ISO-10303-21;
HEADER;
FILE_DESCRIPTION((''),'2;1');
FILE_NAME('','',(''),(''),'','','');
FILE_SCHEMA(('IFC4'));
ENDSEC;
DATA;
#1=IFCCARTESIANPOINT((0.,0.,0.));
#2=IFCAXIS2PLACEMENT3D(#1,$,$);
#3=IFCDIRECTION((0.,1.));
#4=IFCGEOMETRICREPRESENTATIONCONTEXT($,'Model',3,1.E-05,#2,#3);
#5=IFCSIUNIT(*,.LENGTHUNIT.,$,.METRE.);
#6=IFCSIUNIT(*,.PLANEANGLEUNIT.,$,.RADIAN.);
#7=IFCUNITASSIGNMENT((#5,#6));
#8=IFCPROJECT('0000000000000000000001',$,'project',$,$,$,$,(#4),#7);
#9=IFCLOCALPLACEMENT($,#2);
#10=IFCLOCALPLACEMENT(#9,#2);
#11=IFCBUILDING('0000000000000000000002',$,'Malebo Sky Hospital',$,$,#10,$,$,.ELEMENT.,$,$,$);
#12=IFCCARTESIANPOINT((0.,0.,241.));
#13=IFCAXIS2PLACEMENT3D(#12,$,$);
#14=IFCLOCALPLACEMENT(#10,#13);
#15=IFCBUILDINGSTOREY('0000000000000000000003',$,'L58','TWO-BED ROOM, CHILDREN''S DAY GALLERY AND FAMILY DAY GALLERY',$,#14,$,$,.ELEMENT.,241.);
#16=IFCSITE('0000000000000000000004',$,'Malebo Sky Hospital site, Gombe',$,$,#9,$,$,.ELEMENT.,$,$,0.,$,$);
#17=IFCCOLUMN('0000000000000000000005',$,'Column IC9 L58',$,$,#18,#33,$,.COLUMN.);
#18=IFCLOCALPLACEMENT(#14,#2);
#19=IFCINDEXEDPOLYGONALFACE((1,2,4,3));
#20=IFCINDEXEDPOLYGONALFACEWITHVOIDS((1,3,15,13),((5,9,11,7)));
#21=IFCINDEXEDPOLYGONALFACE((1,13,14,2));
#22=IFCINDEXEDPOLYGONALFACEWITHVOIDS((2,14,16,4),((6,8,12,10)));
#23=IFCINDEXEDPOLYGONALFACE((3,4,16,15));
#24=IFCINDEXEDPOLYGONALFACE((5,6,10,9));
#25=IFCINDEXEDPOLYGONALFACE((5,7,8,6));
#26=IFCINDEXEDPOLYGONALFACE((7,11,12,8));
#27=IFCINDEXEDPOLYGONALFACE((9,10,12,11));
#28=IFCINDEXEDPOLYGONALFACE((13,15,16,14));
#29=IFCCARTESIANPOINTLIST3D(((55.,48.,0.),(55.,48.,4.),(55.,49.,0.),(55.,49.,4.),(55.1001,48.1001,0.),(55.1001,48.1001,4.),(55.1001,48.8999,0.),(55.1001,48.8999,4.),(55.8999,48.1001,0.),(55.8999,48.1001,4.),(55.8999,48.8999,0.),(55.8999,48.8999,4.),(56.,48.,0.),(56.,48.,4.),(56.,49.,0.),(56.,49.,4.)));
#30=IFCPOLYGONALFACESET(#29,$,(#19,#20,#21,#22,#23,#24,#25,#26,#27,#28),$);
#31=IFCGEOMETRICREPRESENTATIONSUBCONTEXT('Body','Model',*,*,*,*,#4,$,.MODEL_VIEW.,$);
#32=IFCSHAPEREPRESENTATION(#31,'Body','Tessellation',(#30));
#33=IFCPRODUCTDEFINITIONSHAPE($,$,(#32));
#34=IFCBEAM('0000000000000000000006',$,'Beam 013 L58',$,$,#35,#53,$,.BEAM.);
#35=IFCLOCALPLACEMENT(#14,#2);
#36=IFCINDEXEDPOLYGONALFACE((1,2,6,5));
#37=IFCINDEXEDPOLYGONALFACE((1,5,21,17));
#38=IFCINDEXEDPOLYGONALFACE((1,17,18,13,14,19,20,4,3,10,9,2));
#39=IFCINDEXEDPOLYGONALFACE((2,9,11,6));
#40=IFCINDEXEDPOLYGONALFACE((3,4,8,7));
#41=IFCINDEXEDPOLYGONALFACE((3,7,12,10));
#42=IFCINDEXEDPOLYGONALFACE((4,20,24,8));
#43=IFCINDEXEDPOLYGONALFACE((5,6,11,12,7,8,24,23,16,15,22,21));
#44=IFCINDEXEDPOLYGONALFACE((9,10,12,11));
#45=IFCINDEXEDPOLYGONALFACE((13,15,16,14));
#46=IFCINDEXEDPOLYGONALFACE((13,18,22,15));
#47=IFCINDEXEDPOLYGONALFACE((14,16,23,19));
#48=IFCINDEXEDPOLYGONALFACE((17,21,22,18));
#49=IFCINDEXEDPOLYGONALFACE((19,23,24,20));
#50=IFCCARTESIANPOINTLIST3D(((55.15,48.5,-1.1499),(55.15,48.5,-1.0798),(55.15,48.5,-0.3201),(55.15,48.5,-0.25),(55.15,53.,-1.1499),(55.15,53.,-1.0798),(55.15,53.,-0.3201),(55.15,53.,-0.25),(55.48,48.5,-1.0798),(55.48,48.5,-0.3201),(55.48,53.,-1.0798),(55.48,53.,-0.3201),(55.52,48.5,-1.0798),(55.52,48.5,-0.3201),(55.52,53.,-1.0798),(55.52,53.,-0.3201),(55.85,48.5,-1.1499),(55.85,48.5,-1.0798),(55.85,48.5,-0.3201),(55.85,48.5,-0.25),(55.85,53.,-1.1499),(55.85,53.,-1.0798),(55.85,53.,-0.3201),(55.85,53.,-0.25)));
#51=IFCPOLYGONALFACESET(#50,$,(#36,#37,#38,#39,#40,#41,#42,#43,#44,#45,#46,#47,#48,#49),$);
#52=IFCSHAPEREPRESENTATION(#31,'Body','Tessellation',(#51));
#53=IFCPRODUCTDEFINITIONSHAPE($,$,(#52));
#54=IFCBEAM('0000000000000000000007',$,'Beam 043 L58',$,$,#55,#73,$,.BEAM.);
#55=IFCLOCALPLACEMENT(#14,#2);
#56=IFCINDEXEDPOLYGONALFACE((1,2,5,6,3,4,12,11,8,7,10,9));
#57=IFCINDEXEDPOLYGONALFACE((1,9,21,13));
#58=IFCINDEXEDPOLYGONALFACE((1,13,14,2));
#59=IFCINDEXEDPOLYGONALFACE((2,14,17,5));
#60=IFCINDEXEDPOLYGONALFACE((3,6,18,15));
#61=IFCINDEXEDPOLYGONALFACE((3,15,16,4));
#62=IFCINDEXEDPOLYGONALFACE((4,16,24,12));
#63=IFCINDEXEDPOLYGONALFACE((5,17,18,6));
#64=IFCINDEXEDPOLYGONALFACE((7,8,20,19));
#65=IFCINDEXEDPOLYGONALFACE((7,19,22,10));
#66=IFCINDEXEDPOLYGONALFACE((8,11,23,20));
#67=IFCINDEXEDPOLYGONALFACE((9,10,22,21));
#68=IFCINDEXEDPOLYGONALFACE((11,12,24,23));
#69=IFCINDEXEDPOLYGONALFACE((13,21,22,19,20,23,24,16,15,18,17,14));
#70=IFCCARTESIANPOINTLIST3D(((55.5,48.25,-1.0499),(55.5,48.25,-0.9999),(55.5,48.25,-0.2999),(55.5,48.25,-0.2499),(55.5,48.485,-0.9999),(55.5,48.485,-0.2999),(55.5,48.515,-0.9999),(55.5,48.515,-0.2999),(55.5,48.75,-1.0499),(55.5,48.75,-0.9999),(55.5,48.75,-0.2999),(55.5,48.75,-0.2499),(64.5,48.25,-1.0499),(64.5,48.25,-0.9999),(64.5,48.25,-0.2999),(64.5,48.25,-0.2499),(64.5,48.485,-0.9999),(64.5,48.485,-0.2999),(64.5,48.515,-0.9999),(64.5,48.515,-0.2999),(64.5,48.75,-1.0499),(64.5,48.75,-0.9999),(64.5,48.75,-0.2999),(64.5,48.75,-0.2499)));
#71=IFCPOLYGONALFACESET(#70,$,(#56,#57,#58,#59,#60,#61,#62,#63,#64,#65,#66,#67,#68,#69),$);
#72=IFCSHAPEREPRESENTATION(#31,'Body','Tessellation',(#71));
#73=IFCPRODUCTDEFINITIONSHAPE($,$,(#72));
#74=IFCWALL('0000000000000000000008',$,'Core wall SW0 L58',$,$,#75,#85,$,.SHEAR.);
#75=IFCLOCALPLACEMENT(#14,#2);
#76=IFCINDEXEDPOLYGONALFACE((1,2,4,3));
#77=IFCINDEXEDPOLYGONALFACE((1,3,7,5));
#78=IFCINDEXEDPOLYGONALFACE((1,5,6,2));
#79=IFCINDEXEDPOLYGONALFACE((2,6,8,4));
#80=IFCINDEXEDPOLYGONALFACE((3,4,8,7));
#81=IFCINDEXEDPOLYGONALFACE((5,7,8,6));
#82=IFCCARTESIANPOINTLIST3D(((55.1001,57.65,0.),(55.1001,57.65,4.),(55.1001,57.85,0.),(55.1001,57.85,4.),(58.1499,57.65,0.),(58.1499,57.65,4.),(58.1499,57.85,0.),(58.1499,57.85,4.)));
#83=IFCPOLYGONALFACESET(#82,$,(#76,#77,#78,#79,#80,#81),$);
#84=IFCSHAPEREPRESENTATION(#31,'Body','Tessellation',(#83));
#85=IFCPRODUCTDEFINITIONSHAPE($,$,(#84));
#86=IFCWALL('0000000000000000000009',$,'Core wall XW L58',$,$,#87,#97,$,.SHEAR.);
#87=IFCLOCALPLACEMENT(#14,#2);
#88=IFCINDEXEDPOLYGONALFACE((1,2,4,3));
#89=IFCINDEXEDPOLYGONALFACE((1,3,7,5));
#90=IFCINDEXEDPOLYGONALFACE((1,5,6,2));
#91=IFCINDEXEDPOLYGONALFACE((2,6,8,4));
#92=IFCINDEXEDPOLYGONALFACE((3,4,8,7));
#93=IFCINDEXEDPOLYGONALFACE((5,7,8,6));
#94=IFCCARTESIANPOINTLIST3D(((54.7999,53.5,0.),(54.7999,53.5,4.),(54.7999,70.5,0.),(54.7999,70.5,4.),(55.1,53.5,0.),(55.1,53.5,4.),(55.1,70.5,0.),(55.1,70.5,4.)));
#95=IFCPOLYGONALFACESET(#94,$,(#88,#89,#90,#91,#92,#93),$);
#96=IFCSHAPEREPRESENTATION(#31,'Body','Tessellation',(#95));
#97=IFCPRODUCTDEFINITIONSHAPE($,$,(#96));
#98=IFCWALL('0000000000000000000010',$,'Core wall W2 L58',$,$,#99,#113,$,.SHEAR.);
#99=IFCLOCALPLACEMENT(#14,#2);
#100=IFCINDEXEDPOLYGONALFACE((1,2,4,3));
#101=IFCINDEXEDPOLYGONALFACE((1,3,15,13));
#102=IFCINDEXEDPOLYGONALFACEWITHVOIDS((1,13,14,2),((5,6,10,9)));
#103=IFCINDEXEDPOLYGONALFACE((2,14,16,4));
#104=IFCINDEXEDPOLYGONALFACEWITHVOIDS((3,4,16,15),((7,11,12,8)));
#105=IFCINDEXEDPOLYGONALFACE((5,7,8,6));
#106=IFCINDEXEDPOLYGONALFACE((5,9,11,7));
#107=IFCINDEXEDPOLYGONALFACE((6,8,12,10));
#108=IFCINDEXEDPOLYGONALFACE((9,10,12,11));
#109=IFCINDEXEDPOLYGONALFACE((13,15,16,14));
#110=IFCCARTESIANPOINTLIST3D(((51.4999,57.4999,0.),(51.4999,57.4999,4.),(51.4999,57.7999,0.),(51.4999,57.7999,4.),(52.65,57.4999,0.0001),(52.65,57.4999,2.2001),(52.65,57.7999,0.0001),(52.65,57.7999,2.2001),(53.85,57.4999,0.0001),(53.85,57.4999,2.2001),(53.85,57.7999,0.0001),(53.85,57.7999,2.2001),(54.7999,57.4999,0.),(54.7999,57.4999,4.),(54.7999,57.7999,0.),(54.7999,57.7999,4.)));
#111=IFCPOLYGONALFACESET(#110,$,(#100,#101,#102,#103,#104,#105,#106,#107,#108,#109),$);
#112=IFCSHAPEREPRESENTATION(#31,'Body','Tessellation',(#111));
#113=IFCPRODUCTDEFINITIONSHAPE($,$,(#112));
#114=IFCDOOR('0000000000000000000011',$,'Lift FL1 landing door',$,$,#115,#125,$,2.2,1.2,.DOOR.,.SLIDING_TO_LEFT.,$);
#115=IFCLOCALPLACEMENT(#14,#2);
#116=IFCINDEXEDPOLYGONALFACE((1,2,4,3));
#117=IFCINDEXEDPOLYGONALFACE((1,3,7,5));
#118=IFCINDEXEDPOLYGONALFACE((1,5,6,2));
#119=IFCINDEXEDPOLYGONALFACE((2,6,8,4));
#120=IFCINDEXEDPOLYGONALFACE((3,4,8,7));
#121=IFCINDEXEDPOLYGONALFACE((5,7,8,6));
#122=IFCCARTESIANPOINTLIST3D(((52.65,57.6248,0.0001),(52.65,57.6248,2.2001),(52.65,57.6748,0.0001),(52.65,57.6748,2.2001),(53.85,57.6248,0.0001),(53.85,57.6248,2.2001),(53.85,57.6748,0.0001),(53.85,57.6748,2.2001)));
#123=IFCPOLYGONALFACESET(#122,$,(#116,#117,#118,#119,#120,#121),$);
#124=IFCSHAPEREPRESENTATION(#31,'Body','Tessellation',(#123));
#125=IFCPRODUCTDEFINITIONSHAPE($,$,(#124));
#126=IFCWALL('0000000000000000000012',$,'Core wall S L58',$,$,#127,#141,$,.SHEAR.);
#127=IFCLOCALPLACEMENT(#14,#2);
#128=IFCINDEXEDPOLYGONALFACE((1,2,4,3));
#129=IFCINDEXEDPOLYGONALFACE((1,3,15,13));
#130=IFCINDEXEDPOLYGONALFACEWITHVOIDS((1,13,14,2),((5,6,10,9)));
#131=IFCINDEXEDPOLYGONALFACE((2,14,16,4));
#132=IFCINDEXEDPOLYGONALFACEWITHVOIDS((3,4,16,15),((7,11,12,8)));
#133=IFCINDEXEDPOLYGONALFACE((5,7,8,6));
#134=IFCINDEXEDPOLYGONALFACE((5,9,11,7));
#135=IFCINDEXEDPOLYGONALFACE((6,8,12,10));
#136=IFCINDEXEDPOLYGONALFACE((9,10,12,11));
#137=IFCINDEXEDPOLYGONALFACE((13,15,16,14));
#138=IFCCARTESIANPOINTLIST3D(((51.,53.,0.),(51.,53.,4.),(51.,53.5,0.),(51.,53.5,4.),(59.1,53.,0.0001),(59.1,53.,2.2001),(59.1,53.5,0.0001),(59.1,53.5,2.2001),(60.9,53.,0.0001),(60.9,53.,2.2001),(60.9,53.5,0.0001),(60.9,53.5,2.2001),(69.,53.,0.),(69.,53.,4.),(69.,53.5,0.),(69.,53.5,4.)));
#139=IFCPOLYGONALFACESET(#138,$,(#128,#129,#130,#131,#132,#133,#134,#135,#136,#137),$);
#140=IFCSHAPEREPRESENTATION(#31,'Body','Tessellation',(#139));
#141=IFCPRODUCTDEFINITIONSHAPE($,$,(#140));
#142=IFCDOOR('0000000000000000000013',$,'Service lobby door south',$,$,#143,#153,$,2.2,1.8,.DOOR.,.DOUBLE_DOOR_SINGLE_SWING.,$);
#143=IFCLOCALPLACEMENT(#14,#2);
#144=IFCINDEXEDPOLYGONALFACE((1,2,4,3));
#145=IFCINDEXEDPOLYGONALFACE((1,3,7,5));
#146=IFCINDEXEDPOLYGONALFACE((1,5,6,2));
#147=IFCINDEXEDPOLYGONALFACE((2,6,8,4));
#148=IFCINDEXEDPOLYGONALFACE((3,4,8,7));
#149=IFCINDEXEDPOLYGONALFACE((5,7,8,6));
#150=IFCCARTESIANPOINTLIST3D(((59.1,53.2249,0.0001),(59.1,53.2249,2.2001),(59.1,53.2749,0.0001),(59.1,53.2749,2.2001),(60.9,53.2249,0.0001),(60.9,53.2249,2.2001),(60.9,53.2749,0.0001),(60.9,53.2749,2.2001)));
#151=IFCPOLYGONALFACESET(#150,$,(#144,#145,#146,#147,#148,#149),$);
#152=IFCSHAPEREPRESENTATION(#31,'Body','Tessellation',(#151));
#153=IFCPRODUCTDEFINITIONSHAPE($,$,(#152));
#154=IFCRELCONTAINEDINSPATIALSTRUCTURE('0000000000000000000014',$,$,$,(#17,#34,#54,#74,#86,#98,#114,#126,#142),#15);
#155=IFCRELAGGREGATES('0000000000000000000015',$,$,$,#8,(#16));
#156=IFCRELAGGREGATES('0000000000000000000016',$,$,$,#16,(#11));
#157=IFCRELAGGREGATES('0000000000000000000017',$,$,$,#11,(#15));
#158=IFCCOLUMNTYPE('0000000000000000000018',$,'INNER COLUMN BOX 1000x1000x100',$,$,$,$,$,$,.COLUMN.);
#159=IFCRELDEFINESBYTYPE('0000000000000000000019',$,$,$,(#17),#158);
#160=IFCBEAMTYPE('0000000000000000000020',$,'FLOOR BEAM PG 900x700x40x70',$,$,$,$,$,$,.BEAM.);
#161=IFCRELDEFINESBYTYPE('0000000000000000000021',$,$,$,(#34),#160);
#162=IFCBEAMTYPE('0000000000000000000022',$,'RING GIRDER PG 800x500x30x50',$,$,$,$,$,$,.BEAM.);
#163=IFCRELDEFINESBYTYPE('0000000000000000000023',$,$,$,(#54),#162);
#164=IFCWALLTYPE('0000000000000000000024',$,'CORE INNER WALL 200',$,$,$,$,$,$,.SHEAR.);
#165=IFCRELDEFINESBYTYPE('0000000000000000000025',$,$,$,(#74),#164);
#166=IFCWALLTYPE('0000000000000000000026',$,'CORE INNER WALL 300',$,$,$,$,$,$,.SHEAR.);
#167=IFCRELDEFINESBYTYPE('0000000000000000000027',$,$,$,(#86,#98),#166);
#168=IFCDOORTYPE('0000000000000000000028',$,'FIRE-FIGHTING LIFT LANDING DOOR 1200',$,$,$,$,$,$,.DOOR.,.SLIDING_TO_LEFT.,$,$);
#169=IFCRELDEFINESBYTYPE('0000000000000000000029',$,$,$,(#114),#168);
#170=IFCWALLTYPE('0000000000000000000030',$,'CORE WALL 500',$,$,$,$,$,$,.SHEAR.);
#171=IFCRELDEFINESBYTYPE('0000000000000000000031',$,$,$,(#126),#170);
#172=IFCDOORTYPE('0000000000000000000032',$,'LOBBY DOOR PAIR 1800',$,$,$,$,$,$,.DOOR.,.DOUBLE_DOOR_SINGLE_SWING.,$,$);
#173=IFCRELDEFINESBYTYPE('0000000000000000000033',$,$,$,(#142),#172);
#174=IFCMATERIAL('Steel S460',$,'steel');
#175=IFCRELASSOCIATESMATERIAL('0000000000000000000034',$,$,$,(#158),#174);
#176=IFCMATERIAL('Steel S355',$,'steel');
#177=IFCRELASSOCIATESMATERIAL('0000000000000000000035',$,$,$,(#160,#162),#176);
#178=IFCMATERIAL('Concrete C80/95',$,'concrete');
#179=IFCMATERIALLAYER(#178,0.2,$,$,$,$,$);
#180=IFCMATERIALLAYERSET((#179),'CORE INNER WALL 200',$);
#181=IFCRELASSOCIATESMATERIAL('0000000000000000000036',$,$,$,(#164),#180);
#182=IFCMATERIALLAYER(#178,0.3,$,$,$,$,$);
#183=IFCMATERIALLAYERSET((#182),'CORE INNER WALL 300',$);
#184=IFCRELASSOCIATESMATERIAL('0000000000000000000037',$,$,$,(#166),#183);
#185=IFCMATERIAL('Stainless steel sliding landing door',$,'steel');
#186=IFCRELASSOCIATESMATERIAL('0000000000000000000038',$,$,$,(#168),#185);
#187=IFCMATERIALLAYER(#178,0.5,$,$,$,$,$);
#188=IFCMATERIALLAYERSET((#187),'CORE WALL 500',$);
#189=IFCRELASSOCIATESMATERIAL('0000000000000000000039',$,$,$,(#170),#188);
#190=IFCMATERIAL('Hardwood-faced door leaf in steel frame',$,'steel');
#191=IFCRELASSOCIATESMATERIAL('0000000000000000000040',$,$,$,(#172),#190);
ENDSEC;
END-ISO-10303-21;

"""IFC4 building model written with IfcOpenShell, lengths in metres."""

from ifc_helpers import new_model, si_unit, direction, frame, frame_2d, origin, origin_2d, place, context, subcontext, project, spatial, rectangle, hollow_rectangle, i_section, extrude, material, layer, layer_set, material_profile, profile_set, type_object, element, fill, save


model = new_model("IFC4")

# Units and contexts
model_context = context("Model", 3, precision=1e-05, world=origin(), true_north=direction((0.0, 1.0)))
body_context = subcontext(model_context, "Body", "Model", "MODEL_VIEW")
ifc_project = project(units=[si_unit("LENGTHUNIT", "METRE"), si_unit("PLANEANGLEUNIT", "RADIAN")], contexts=[model_context])

# Site, building, storey
site_placement = place(None, origin())
site = spatial("IfcSite", under=ifc_project, at=site_placement, Name="Malebo Sky Hospital site, Gombe", CompositionType="ELEMENT", RefElevation=0.0)
building_placement = place(site_placement, origin())
building = spatial("IfcBuilding", under=site, at=building_placement, Name="Malebo Sky Hospital", CompositionType="ELEMENT")
storey_placement = place(building_placement, frame((0.0, 0.0, 241.0)))
storey = spatial("IfcBuildingStorey", under=building, at=storey_placement, Name="L58", Description="TWO-BED ROOM, CHILDREN'S DAY GALLERY AND FAMILY DAY GALLERY", CompositionType="ELEMENT", Elevation=241.0)

# Column
ifc_material_1 = material(Name="Steel S460", Category="steel")
ifc_material_profile_1 = material_profile(ifc_material_1, hollow_rectangle(XDim=1.0, YDim=1.0, WallThickness=0.1001, at=origin_2d()), Name="BOX 1000x1000x100")
ifc_profile_set_1 = profile_set([ifc_material_profile_1], Name="Steel S460")
column_type = type_object("IfcColumnType", Name="INNER COLUMN BOX 1000x1000x100", PredefinedType="COLUMN", material=ifc_profile_set_1)
column_placement = place(storey_placement, frame((55.5, 48.5, 0.0), z_axis=(0.0, 0.0, 1.0), x_axis=(1.0, 0.0, 0.0)))
element("IfcColumn", 1, at=column_placement, inside=storey, type_object=column_type, Name="Column IC9 L58", PredefinedType="COLUMN", context=body_context, shape_type="SweptSolid", body=[
    extrude(hollow_rectangle(XDim=1.0, YDim=1.0, WallThickness=0.1001, at=origin_2d()), origin(), (0.0, 0.0, 1.0), 4.0),
])

# Beams
ifc_material_2 = material(Name="Steel S355", Category="steel")
ifc_material_profile_2 = material_profile(ifc_material_2, i_section(OverallWidth=0.7, OverallDepth=0.8999, WebThickness=0.04, FlangeThickness=0.0701, at=origin_2d()), Name="PG 900x700x40x70")
ifc_profile_set_2 = profile_set([ifc_material_profile_2], Name="Steel S355")
beam_type_1 = type_object("IfcBeamType", Name="FLOOR BEAM PG 900x700x40x70", PredefinedType="BEAM", material=ifc_profile_set_2)
beam_1_placement = place(storey_placement, frame((55.5, 48.5, -0.7), z_axis=(0.0, 1.0, 0.0), x_axis=(-1.0, 0.0, 0.0)))
element("IfcBeam", 2, at=beam_1_placement, inside=storey, type_object=beam_type_1, Name="Beam 013 L58", PredefinedType="BEAM", context=body_context, shape_type="SweptSolid", body=[
    extrude(i_section(OverallWidth=0.7, OverallDepth=0.8999, WebThickness=0.04, FlangeThickness=0.0701, at=origin_2d()), origin(), (0.0, 0.0, 1.0), 4.5),
])
ifc_material_profile_3 = material_profile(ifc_material_2, i_section(OverallWidth=0.5, OverallDepth=0.8, WebThickness=0.03, FlangeThickness=0.05, at=origin_2d()), Name="PG 800x500x30x50")
ifc_profile_set_3 = profile_set([ifc_material_profile_3], Name="Steel S355")
beam_type_2 = type_object("IfcBeamType", Name="RING GIRDER PG 800x500x30x50", PredefinedType="BEAM", material=ifc_profile_set_3)
beam_2_placement = place(storey_placement, frame((55.5, 48.5, -0.6499), z_axis=(1.0, 0.0, 0.0), x_axis=(0.0, 1.0, 0.0)))
element("IfcBeam", 3, at=beam_2_placement, inside=storey, type_object=beam_type_2, Name="Beam 043 L58", PredefinedType="BEAM", context=body_context, shape_type="SweptSolid", body=[
    extrude(i_section(OverallWidth=0.5, OverallDepth=0.8, WebThickness=0.03, FlangeThickness=0.05, at=origin_2d()), origin(), (0.0, 0.0, 1.0), 9.0),
])

# Walls
ifc_material_3 = material(Name="Concrete C80/95", Category="concrete")
ifc_layer_1 = layer(ifc_material_3, 0.2)
ifc_layer_set_1 = layer_set([ifc_layer_1], Name="CORE INNER WALL 200")
wall_type_1 = type_object("IfcWallType", Name="CORE INNER WALL 200", PredefinedType="SHEAR", material=ifc_layer_set_1)
wall_1_placement = place(storey_placement, frame((55.1001, 57.75, 0.0), z_axis=(0.0, 0.0, 1.0), x_axis=(1.0, 0.0, 0.0)))
element("IfcWall", 4, at=wall_1_placement, inside=storey, type_object=wall_type_1, Name="Core wall SW0 L58", PredefinedType="SHEAR", context=body_context, shape_type="SweptSolid", body=[
    extrude(rectangle(XDim=3.0498, YDim=0.2, at=frame_2d((1.5249, 0.0))), origin(), (0.0, 0.0, 1.0), 4.0),
])
ifc_layer_2 = layer(ifc_material_3, 0.3)
ifc_layer_set_2 = layer_set([ifc_layer_2], Name="CORE INNER WALL 300")
wall_type_2 = type_object("IfcWallType", Name="CORE INNER WALL 300", PredefinedType="SHEAR", material=ifc_layer_set_2)
wall_2_placement = place(storey_placement, frame((54.95, 53.5, 0.0), z_axis=(0.0, 0.0, 1.0), x_axis=(0.0, 1.0, 0.0)))
element("IfcWall", 5, at=wall_2_placement, inside=storey, type_object=wall_type_2, Name="Core wall XW L58", PredefinedType="SHEAR", context=body_context, shape_type="SweptSolid", body=[
    extrude(rectangle(XDim=17.0, YDim=0.3, at=frame_2d((8.5, 0.0))), origin(), (0.0, 0.0, 1.0), 4.0),
])

# Walls, openings, doors
wall_3_placement = place(storey_placement, frame((51.5, 57.6499, 0.0), z_axis=(0.0, 0.0, 1.0), x_axis=(1.0, 0.0, 0.0)))
wall_3 = element("IfcWall", 6, at=wall_3_placement, inside=storey, type_object=wall_type_2, Name="Core wall W2 L58", PredefinedType="SHEAR", context=body_context, shape_type="SweptSolid", body=[
    extrude(rectangle(XDim=3.3, YDim=0.3, at=frame_2d((1.6499, 0.0))), origin(), (0.0, 0.0, 1.0), 4.0),
])
opening_1_placement = place(wall_3_placement, frame((1.1499, 0.0, 0.0)))
opening_1 = element("IfcOpeningElement", 7, at=opening_1_placement, cuts=wall_3, PredefinedType="OPENING", context=body_context, shape_type="SweptSolid", body=[
    extrude(rectangle(XDim=1.2, YDim=2.2, at=frame_2d((0.6001, 1.1001))), frame((0.0, 0.1599, 0.0), z_axis=(0.0, -1.0, 0.0), x_axis=(1.0, 0.0, 0.0)), (0.0, 0.0, 1.0), 0.3201),
])
ifc_material_4 = material(Name="Stainless steel sliding landing door", Category="steel")
door_type_1 = type_object("IfcDoorType", Name="FIRE-FIGHTING LIFT LANDING DOOR 1200", OperationType="SLIDING_TO_LEFT", PredefinedType="DOOR", material=ifc_material_4)
door_1_placement = place(opening_1_placement, origin())
door_1 = element("IfcDoor", 8, at=door_1_placement, inside=storey, type_object=door_type_1, Name="Lift FL1 landing door", OperationType="SLIDING_TO_LEFT", OverallHeight=2.2, OverallWidth=1.2, PredefinedType="DOOR", context=body_context, shape_type="SweptSolid", body=[
    extrude(rectangle(XDim=1.2, YDim=2.2, at=frame_2d((0.6001, 1.1001))), frame((0.0, 0.0249, 0.0), z_axis=(0.0, -1.0, 0.0), x_axis=(1.0, 0.0, 0.0)), (0.0, 0.0, 1.0), 0.05),
])
fill(opening_1, door_1)
ifc_layer_3 = layer(ifc_material_3, 0.5)
ifc_layer_set_3 = layer_set([ifc_layer_3], Name="CORE WALL 500")
wall_type_3 = type_object("IfcWallType", Name="CORE WALL 500", PredefinedType="SHEAR", material=ifc_layer_set_3)
wall_4_placement = place(storey_placement, frame((51.0, 53.25, 0.0), z_axis=(0.0, 0.0, 1.0), x_axis=(1.0, 0.0, 0.0)))
wall_4 = element("IfcWall", 9, at=wall_4_placement, inside=storey, type_object=wall_type_3, Name="Core wall S L58", PredefinedType="SHEAR", context=body_context, shape_type="SweptSolid", body=[
    extrude(rectangle(XDim=18.0, YDim=0.5, at=frame_2d((9.0, 0.0))), origin(), (0.0, 0.0, 1.0), 4.0),
])
opening_2_placement = place(wall_4_placement, frame((8.1001, 0.0, 0.0)))
opening_2 = element("IfcOpeningElement", 10, at=opening_2_placement, cuts=wall_4, PredefinedType="OPENING", context=body_context, shape_type="SweptSolid", body=[
    extrude(rectangle(XDim=1.8, YDim=2.2, at=frame_2d((0.8999, 1.1001))), frame((0.0, 0.26, 0.0), z_axis=(0.0, -1.0, 0.0), x_axis=(1.0, 0.0, 0.0)), (0.0, 0.0, 1.0), 0.52),
])
ifc_material_5 = material(Name="Hardwood-faced door leaf in steel frame", Category="steel")
door_type_2 = type_object("IfcDoorType", Name="LOBBY DOOR PAIR 1800", OperationType="DOUBLE_DOOR_SINGLE_SWING", PredefinedType="DOOR", material=ifc_material_5)
door_2_placement = place(opening_2_placement, origin())
door_2 = element("IfcDoor", 11, at=door_2_placement, inside=storey, type_object=door_type_2, Name="Service lobby door south", OperationType="DOUBLE_DOOR_SINGLE_SWING", OverallHeight=2.2, OverallWidth=1.8, PredefinedType="DOOR", context=body_context, shape_type="SweptSolid", body=[
    extrude(rectangle(XDim=1.8, YDim=2.2, at=frame_2d((0.8999, 1.1001))), frame((0.0, 0.0249, 0.0), z_axis=(0.0, -1.0, 0.0), x_axis=(1.0, 0.0, 0.0)), (0.0, 0.0, 1.0), 0.05),
])
fill(opening_2, door_2)

save(model, "model.ifc")
